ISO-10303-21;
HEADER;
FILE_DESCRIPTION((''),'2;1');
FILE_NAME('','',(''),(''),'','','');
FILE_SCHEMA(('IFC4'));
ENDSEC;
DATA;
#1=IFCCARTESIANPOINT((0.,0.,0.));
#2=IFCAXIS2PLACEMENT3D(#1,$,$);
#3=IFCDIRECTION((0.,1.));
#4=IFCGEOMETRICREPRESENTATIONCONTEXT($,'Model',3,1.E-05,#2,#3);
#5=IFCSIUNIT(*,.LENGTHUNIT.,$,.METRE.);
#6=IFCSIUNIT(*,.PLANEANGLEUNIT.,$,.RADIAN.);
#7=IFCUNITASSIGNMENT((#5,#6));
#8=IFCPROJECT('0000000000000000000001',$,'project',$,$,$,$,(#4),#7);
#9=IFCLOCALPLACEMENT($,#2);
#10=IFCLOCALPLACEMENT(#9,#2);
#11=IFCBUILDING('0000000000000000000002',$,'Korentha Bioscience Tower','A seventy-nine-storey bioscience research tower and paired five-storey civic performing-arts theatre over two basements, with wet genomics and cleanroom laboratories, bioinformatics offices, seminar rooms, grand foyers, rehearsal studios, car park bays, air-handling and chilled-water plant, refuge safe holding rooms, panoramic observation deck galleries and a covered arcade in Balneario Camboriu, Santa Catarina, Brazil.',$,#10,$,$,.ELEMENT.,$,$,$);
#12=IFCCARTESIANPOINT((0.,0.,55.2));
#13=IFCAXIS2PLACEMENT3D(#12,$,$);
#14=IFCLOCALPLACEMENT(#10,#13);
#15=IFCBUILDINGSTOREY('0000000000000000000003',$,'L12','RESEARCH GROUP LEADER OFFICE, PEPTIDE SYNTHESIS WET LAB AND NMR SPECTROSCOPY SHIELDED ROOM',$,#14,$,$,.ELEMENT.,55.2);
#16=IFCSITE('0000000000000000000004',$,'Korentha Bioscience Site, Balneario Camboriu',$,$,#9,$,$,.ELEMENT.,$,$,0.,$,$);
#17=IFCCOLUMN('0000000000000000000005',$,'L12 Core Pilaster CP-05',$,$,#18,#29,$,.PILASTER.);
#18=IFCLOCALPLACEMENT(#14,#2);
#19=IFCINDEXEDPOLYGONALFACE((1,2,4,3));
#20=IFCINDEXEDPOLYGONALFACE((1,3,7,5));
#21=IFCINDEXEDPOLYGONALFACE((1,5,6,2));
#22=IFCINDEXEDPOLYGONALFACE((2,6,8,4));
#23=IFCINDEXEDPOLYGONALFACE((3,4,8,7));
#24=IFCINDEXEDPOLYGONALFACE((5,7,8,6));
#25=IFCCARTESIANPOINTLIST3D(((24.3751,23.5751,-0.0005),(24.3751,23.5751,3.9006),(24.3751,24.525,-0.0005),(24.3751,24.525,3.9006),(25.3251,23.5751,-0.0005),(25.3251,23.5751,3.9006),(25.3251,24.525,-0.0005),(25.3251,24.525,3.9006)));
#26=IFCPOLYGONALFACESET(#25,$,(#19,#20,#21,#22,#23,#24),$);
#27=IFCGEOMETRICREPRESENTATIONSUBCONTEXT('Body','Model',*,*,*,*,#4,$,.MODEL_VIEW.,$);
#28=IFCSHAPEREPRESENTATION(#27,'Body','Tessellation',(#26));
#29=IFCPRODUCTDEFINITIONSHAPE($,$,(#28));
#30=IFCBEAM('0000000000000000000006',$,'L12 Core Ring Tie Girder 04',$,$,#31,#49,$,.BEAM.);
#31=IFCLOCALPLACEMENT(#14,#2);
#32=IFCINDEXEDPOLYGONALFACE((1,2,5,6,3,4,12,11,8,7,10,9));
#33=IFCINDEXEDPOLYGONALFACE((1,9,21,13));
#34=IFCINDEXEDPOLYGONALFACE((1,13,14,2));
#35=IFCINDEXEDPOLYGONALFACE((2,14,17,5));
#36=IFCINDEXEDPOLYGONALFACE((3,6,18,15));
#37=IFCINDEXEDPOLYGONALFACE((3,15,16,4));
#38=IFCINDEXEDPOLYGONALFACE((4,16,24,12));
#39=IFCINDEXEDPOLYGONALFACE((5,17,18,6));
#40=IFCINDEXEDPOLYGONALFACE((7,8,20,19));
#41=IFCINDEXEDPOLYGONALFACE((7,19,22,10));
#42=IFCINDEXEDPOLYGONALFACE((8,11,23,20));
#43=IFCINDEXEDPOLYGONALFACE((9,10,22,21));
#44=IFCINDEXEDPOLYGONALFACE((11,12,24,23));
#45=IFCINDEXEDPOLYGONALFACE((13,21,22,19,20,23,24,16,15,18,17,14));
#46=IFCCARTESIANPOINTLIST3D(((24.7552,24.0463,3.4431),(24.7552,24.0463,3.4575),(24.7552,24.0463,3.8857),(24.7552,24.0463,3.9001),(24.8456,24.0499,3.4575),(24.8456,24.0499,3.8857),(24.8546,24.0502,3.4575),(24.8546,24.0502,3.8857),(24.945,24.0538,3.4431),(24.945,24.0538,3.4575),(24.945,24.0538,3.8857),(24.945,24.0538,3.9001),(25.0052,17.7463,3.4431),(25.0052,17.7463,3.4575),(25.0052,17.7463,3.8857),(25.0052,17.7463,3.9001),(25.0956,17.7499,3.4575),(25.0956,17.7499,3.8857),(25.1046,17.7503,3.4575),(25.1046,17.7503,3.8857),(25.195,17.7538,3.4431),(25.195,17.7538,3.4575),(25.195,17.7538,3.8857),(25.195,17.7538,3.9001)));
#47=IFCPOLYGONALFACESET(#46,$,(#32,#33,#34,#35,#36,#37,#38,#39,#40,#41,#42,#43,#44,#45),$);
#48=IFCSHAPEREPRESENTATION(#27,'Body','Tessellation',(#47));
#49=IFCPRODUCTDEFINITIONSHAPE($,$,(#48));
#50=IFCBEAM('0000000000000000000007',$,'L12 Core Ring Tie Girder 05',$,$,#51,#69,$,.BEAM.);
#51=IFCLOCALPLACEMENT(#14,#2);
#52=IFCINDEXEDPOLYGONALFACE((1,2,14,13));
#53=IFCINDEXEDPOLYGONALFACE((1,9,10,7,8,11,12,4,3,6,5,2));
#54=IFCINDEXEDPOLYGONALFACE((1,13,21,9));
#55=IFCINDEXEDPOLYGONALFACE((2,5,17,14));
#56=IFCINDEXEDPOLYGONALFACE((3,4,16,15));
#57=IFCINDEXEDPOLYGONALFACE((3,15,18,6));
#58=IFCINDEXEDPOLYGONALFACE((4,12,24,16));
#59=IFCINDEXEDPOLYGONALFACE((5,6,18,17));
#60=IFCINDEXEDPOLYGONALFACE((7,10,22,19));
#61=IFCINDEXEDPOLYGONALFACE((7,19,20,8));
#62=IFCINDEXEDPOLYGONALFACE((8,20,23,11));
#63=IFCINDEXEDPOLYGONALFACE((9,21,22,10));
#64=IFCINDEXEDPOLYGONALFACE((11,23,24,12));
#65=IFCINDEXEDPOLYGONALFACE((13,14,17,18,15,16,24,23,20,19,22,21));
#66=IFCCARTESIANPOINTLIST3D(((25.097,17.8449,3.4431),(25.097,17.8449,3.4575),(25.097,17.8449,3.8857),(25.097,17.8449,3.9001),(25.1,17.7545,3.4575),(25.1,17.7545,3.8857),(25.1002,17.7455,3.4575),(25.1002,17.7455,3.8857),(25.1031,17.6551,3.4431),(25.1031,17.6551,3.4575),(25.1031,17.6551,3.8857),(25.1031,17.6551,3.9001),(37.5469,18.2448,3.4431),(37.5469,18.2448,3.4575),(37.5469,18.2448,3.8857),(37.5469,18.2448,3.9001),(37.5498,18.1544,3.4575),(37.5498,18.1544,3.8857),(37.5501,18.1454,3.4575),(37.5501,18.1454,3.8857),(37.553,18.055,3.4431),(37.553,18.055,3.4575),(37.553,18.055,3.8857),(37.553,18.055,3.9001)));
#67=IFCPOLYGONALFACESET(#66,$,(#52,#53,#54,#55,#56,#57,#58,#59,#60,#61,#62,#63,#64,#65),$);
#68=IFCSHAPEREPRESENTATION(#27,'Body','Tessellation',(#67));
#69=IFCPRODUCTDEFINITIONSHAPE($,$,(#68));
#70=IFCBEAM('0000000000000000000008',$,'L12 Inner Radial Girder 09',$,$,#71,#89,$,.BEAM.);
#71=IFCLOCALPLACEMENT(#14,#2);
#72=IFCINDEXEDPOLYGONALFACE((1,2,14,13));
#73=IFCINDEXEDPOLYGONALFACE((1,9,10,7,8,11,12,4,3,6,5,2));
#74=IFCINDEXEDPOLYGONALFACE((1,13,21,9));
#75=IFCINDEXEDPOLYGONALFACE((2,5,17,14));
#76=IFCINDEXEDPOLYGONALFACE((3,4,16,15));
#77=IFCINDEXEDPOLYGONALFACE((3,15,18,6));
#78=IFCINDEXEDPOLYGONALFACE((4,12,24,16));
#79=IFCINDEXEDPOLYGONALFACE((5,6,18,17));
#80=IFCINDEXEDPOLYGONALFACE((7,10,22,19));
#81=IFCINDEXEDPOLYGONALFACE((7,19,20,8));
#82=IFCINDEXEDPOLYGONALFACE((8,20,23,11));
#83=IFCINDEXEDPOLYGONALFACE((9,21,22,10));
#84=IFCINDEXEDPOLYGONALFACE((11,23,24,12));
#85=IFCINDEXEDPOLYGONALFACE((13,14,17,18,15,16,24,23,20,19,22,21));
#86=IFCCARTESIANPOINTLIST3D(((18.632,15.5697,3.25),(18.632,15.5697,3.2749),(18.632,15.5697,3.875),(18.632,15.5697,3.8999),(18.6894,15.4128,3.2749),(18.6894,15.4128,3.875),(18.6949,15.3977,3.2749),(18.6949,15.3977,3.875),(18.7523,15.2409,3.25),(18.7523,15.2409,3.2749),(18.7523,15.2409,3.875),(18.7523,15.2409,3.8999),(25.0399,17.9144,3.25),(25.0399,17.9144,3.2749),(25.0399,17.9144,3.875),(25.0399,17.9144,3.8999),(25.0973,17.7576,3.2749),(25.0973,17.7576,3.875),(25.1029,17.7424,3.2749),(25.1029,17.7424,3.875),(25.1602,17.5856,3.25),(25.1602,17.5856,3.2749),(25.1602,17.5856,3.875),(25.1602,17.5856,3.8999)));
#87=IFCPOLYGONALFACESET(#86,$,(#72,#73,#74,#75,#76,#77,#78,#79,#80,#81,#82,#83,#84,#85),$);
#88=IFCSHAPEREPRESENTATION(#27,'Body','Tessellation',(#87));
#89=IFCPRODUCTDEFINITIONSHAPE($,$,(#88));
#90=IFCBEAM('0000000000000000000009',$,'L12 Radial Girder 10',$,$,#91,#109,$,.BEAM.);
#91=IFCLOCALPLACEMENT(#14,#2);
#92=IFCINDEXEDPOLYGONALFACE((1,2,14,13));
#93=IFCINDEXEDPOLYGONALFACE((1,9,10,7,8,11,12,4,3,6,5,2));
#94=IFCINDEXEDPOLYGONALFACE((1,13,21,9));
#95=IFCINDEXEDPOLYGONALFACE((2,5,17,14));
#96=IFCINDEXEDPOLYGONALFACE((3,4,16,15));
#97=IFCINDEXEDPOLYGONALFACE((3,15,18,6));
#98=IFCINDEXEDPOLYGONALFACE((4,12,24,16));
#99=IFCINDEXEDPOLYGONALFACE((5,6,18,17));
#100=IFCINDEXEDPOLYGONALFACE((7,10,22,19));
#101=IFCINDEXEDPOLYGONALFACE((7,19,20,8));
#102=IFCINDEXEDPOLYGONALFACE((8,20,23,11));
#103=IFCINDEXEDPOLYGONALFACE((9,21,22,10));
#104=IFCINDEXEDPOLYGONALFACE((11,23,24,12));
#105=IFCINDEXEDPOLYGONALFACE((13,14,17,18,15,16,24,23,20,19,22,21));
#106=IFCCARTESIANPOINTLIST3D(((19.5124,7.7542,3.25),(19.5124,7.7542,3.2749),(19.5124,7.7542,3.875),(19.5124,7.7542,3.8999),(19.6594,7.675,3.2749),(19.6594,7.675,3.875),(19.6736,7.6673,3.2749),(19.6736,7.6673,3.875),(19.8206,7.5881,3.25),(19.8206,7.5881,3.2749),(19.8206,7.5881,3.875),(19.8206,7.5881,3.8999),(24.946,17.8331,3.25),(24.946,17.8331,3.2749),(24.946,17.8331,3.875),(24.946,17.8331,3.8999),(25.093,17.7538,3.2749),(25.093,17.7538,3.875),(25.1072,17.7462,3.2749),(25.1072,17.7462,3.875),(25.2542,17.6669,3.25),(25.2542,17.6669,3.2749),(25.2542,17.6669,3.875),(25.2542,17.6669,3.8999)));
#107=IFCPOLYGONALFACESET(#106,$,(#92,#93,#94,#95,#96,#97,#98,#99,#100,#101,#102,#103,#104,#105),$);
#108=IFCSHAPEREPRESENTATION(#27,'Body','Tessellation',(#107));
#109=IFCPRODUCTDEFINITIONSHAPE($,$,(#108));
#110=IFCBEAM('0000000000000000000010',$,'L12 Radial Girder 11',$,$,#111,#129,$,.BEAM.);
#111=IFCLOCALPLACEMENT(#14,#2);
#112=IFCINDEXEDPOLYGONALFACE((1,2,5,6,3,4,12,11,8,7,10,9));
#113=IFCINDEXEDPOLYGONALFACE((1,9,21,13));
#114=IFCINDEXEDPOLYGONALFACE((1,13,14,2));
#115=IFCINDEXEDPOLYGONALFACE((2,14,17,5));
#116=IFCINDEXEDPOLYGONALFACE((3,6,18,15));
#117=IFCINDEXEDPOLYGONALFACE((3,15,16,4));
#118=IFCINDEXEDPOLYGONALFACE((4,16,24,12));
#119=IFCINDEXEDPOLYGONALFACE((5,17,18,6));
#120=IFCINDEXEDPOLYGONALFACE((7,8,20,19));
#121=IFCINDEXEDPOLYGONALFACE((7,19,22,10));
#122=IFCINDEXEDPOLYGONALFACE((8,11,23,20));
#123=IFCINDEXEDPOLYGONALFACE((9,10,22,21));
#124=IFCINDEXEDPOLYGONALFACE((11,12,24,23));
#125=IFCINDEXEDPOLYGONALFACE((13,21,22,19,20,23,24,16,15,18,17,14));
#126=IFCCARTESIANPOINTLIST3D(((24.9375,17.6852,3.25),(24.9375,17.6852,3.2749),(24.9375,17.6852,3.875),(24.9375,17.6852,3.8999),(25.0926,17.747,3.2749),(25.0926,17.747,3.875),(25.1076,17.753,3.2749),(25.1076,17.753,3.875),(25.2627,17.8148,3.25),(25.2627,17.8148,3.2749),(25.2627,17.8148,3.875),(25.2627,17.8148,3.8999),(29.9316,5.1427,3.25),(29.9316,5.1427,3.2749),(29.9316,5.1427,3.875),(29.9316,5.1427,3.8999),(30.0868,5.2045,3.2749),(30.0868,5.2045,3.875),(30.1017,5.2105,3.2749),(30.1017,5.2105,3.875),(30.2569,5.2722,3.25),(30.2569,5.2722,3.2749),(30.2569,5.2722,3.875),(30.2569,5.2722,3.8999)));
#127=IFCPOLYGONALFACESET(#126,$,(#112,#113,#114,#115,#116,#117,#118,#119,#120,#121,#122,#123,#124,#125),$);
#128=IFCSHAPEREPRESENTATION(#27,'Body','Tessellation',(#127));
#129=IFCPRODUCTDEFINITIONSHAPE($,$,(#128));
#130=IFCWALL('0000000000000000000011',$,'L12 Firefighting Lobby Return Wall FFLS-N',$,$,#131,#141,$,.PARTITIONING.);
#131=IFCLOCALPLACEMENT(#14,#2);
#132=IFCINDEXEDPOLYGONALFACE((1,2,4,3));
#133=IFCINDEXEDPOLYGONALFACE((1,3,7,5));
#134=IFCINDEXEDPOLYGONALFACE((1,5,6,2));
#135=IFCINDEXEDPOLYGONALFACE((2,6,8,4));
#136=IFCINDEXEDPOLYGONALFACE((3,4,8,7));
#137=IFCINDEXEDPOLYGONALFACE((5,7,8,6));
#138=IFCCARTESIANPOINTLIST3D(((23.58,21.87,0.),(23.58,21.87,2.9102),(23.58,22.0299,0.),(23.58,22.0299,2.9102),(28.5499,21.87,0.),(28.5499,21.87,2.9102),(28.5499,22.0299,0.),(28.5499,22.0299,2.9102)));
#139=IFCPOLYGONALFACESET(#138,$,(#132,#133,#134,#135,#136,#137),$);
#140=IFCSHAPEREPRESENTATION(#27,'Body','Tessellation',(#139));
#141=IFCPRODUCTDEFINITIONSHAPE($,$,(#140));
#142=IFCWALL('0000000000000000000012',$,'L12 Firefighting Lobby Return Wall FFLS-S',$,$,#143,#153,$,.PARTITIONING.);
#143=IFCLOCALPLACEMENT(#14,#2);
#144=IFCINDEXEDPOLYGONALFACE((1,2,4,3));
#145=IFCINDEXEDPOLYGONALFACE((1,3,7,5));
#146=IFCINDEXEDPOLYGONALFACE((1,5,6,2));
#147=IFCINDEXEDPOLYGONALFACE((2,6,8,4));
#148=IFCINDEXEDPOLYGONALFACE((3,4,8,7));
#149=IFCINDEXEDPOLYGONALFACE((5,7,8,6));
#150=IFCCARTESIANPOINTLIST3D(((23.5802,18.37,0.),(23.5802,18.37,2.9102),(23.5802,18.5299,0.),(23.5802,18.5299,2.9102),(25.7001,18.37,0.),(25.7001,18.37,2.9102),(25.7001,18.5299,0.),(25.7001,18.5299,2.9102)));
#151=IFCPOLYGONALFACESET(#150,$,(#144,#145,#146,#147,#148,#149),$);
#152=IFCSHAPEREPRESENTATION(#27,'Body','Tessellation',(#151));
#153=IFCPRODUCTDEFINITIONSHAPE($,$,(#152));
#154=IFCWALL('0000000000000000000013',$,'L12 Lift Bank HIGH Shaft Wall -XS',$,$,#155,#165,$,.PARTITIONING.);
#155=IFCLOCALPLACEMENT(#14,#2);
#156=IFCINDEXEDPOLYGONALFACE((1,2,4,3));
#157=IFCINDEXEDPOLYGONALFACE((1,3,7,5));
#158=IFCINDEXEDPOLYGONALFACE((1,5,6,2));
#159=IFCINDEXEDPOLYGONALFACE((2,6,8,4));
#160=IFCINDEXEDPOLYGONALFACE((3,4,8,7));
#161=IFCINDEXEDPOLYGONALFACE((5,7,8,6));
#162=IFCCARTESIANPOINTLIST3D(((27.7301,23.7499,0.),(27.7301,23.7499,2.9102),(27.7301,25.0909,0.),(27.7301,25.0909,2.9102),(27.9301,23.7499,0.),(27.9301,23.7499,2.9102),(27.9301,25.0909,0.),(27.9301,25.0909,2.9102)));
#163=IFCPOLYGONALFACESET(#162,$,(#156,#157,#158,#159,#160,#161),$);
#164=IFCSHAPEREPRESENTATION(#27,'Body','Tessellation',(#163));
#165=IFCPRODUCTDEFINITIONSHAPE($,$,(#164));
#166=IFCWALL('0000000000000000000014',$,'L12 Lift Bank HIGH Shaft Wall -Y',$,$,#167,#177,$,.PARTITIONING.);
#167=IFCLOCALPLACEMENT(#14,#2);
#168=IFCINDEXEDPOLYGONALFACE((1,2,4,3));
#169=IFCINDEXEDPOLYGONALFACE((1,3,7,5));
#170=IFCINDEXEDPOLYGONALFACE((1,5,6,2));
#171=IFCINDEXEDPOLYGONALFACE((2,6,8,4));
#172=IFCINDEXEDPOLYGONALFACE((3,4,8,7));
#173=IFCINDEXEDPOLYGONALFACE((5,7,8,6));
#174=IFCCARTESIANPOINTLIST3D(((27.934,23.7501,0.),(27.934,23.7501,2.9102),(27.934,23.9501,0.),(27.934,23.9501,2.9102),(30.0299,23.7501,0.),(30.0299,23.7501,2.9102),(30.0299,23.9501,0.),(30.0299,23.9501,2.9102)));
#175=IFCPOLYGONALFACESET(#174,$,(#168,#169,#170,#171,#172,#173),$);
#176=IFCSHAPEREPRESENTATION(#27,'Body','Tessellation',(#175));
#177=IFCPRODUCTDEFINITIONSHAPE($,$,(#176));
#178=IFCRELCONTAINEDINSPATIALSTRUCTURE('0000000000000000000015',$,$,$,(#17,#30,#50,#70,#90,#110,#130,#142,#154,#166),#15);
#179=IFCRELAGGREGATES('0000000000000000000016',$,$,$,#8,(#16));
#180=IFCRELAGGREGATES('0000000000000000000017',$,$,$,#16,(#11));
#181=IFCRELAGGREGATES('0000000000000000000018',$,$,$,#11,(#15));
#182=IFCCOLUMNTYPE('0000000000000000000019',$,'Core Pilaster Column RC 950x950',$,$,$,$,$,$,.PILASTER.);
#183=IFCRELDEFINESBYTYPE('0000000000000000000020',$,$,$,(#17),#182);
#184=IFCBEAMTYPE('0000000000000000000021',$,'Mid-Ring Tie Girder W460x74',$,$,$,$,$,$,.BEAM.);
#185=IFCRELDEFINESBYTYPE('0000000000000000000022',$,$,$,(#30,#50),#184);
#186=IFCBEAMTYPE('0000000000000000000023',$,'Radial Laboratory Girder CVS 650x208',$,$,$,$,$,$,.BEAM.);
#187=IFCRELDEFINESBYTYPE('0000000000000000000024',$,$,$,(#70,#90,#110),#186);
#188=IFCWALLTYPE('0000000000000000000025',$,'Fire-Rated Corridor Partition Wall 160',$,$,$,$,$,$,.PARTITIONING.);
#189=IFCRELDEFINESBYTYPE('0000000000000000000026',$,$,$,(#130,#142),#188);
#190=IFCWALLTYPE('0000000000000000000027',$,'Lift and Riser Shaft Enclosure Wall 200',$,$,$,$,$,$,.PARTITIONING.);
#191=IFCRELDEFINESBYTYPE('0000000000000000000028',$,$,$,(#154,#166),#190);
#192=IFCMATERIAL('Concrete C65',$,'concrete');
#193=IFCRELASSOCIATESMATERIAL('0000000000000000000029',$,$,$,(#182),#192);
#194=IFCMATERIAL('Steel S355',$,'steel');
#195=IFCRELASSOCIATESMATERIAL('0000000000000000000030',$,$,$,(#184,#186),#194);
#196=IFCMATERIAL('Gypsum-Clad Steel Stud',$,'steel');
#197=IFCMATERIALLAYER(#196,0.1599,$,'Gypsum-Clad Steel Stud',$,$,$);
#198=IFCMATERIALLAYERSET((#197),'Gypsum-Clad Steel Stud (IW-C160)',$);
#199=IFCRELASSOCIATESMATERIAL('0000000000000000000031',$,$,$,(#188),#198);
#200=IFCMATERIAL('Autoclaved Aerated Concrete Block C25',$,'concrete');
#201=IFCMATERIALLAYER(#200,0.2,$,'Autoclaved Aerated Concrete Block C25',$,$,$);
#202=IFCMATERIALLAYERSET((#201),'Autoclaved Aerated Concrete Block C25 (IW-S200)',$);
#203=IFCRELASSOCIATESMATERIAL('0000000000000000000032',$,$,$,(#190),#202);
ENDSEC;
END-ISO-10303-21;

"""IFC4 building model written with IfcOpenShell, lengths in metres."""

from ifc_helpers import new_model, si_unit, direction, frame, frame_2d, origin, origin_2d, place, context, subcontext, project, spatial, rectangle, i_section, extrude, material, layer, layer_set, material_profile, profile_set, type_object, element, save


model = new_model("IFC4")

# Units and contexts
model_context = context("Model", 3, precision=1e-05, world=origin(), true_north=direction((0.0, 1.0)))
body_context = subcontext(model_context, "Body", "Model", "MODEL_VIEW")
ifc_project = project(units=[si_unit("LENGTHUNIT", "METRE"), si_unit("PLANEANGLEUNIT", "RADIAN")], contexts=[model_context])

# Site, building, storey
site_placement = place(None, origin())
site = spatial("IfcSite", under=ifc_project, at=site_placement, Name="Korentha Bioscience Site, Balneario Camboriu", CompositionType="ELEMENT", RefElevation=0.0)
building_placement = place(site_placement, origin())
building = spatial("IfcBuilding", under=site, at=building_placement, Name="Korentha Bioscience Tower", Description="A seventy-nine-storey bioscience research tower and paired five-storey civic performing-arts theatre over two basements, with wet genomics and cleanroom laboratories, bioinformatics offices, seminar rooms, grand foyers, rehearsal studios, car park bays, air-handling and chilled-water plant, refuge safe holding rooms, panoramic observation deck galleries and a covered arcade in Balneario Camboriu, Santa Catarina, Brazil.", CompositionType="ELEMENT")
storey_placement = place(building_placement, frame((0.0, 0.0, 55.2)))
storey = spatial("IfcBuildingStorey", under=building, at=storey_placement, Name="L12", Description="RESEARCH GROUP LEADER OFFICE, PEPTIDE SYNTHESIS WET LAB AND NMR SPECTROSCOPY SHIELDED ROOM", CompositionType="ELEMENT", Elevation=55.2)

# Column
ifc_material_1 = material(Name="Concrete C65", Category="concrete")
ifc_material_profile_1 = material_profile(ifc_material_1, rectangle(XDim=0.95, YDim=0.95, at=origin_2d()), Name="Concrete C65")
ifc_profile_set_1 = profile_set([ifc_material_profile_1], Name="Concrete C65 (COL-CP09)")
column_type = type_object("IfcColumnType", Name="Core Pilaster Column RC 950x950", PredefinedType="PILASTER", material=ifc_profile_set_1)
column_placement = place(storey_placement, frame((24.8501, 24.05, -0.0005), z_axis=(0.0, 0.0, 1.0), x_axis=(1.0, 0.0, 0.0)))
element("IfcColumn", 1, at=column_placement, inside=storey, type_object=column_type, Name="L12 Core Pilaster CP-05", PredefinedType="PILASTER", context=body_context, shape_type="SweptSolid", body=[
    extrude(rectangle(XDim=0.95, YDim=0.95, at=origin_2d()), origin(), (0.0, 0.0, 1.0), 3.9011),
])

# Beams
ifc_material_2 = material(Name="Steel S355", Category="steel")
ifc_material_profile_2 = material_profile(ifc_material_2, i_section(OverallWidth=0.1899, OverallDepth=0.457, WebThickness=0.009, FlangeThickness=0.0144, at=origin_2d()), Name="Steel S355")
ifc_profile_set_2 = profile_set([ifc_material_profile_2], Name="Steel S355 (MB-460)")
beam_type_1 = type_object("IfcBeamType", Name="Mid-Ring Tie Girder W460x74", PredefinedType="BEAM", material=ifc_profile_set_2)
beam_1_placement = place(storey_placement, frame((24.8501, 24.05, 3.6716), z_axis=(0.039651, -0.999214, 0.0), x_axis=(0.999214, 0.039651, 0.0)))
element("IfcBeam", 2, at=beam_1_placement, inside=storey, type_object=beam_type_1, Name="L12 Core Ring Tie Girder 04", PredefinedType="BEAM", context=body_context, shape_type="SweptSolid", body=[
    extrude(i_section(OverallWidth=0.1899, OverallDepth=0.457, WebThickness=0.009, FlangeThickness=0.0144, at=origin_2d()), origin(), (0.0, 0.0, 1.0), 6.3049),
])
beam_2_placement = place(storey_placement, frame((25.1001, 17.75, 3.6716), z_axis=(0.999485, 0.032104, 0.0), x_axis=(-0.032104, 0.999485, 0.0)))
element("IfcBeam", 3, at=beam_2_placement, inside=storey, type_object=beam_type_1, Name="L12 Core Ring Tie Girder 05", PredefinedType="BEAM", context=body_context, shape_type="SweptSolid", body=[
    extrude(i_section(OverallWidth=0.1899, OverallDepth=0.457, WebThickness=0.009, FlangeThickness=0.0144, at=origin_2d()), origin(), (0.0, 0.0, 1.0), 12.4563),
])
ifc_material_profile_3 = material_profile(ifc_material_2, i_section(OverallWidth=0.3501, OverallDepth=0.6499, WebThickness=0.0161, FlangeThickness=0.0249, at=origin_2d()), Name="Steel S355")
ifc_profile_set_3 = profile_set([ifc_material_profile_3], Name="Steel S355 (RB-650)")
beam_type_2 = type_object("IfcBeamType", Name="Radial Laboratory Girder CVS 650x208", PredefinedType="BEAM", material=ifc_profile_set_3)
beam_3_placement = place(storey_placement, frame((25.1001, 17.75, 3.575), z_axis=(-0.939106, -0.343627, 0.0), x_axis=(0.343627, -0.939106, 0.0)))
element("IfcBeam", 4, at=beam_3_placement, inside=storey, type_object=beam_type_2, Name="L12 Inner Radial Girder 09", PredefinedType="BEAM", context=body_context, shape_type="SweptSolid", body=[
    extrude(i_section(OverallWidth=0.3501, OverallDepth=0.6499, WebThickness=0.0161, FlangeThickness=0.0249, at=origin_2d()), origin(), (0.0, 0.0, 1.0), 6.8235),
])
beam_4_placement = place(storey_placement, frame((25.1001, 17.75, 3.575), z_axis=(-0.474541, -0.880233, 0.0), x_axis=(0.880233, -0.474541, 0.0)))
element("IfcBeam", 5, at=beam_4_placement, inside=storey, type_object=beam_type_2, Name="L12 Radial Girder 10", PredefinedType="BEAM", context=body_context, shape_type="SweptSolid", body=[
    extrude(i_section(OverallWidth=0.3501, OverallDepth=0.6499, WebThickness=0.0161, FlangeThickness=0.0249, at=origin_2d()), origin(), (0.0, 0.0, 1.0), 11.4502),
])
beam_5_placement = place(storey_placement, frame((25.1001, 17.75, 3.575), z_axis=(0.369931, -0.929059, 0.0), x_axis=(0.929059, 0.369931, 0.0)))
element("IfcBeam", 6, at=beam_5_placement, inside=storey, type_object=beam_type_2, Name="L12 Radial Girder 11", PredefinedType="BEAM", context=body_context, shape_type="SweptSolid", body=[
    extrude(i_section(OverallWidth=0.3501, OverallDepth=0.6499, WebThickness=0.0161, FlangeThickness=0.0249, at=origin_2d()), origin(), (0.0, 0.0, 1.0), 13.5002),
])

# Walls
ifc_material_3 = material(Name="Gypsum-Clad Steel Stud", Category="steel")
ifc_layer_1 = layer(ifc_material_3, 0.1599, Name="Gypsum-Clad Steel Stud")
ifc_layer_set_1 = layer_set([ifc_layer_1], Name="Gypsum-Clad Steel Stud (IW-C160)")
wall_type_1 = type_object("IfcWallType", Name="Fire-Rated Corridor Partition Wall 160", PredefinedType="PARTITIONING", material=ifc_layer_set_1)
wall_1_placement = place(storey_placement, frame((23.5801, 21.95, 0.0), z_axis=(0.0, 0.0, 1.0), x_axis=(1.0, 0.0, 0.0)))
element("IfcWall", 7, at=wall_1_placement, inside=storey, type_object=wall_type_1, Name="L12 Firefighting Lobby Return Wall FFLS-N", PredefinedType="PARTITIONING", context=body_context, shape_type="SweptSolid", body=[
    extrude(rectangle(XDim=4.97, YDim=0.1599, at=frame_2d((2.4849, 0.0))), origin(), (0.0, 0.0, 1.0), 2.9102),
])
wall_2_placement = place(storey_placement, frame((23.5801, 18.45, 0.0), z_axis=(0.0, 0.0, 1.0), x_axis=(1.0, 0.0, 0.0)))
element("IfcWall", 8, at=wall_2_placement, inside=storey, type_object=wall_type_1, Name="L12 Firefighting Lobby Return Wall FFLS-S", PredefinedType="PARTITIONING", context=body_context, shape_type="SweptSolid", body=[
    extrude(rectangle(XDim=2.1199, YDim=0.1599, at=frame_2d((1.0601, 0.0))), origin(), (0.0, 0.0, 1.0), 2.9102),
])
ifc_material_4 = material(Name="Autoclaved Aerated Concrete Block C25", Category="concrete")
ifc_layer_2 = layer(ifc_material_4, 0.2, Name="Autoclaved Aerated Concrete Block C25")
ifc_layer_set_2 = layer_set([ifc_layer_2], Name="Autoclaved Aerated Concrete Block C25 (IW-S200)")
wall_type_2 = type_object("IfcWallType", Name="Lift and Riser Shaft Enclosure Wall 200", PredefinedType="PARTITIONING", material=ifc_layer_set_2)
wall_3_placement = place(storey_placement, frame((27.8301, 23.75, 0.0), z_axis=(0.0, 0.0, 1.0), x_axis=(0.0, 1.0, 0.0)))
element("IfcWall", 9, at=wall_3_placement, inside=storey, type_object=wall_type_2, Name="L12 Lift Bank HIGH Shaft Wall -XS", PredefinedType="PARTITIONING", context=body_context, shape_type="SweptSolid", body=[
    extrude(rectangle(XDim=1.3411, YDim=0.2, at=frame_2d((0.6704, 0.0))), origin(), (0.0, 0.0, 1.0), 2.9102),
])
wall_4_placement = place(storey_placement, frame((27.9341, 23.8501, 0.0), z_axis=(0.0, 0.0, 1.0), x_axis=(1.0, 0.0, 0.0)))
element("IfcWall", 10, at=wall_4_placement, inside=storey, type_object=wall_type_2, Name="L12 Lift Bank HIGH Shaft Wall -Y", PredefinedType="PARTITIONING", context=body_context, shape_type="SweptSolid", body=[
    extrude(rectangle(XDim=2.0959, YDim=0.2, at=frame_2d((1.0479, 0.0))), origin(), (0.0, 0.0, 1.0), 2.9102),
])

save(model, "model.ifc")
